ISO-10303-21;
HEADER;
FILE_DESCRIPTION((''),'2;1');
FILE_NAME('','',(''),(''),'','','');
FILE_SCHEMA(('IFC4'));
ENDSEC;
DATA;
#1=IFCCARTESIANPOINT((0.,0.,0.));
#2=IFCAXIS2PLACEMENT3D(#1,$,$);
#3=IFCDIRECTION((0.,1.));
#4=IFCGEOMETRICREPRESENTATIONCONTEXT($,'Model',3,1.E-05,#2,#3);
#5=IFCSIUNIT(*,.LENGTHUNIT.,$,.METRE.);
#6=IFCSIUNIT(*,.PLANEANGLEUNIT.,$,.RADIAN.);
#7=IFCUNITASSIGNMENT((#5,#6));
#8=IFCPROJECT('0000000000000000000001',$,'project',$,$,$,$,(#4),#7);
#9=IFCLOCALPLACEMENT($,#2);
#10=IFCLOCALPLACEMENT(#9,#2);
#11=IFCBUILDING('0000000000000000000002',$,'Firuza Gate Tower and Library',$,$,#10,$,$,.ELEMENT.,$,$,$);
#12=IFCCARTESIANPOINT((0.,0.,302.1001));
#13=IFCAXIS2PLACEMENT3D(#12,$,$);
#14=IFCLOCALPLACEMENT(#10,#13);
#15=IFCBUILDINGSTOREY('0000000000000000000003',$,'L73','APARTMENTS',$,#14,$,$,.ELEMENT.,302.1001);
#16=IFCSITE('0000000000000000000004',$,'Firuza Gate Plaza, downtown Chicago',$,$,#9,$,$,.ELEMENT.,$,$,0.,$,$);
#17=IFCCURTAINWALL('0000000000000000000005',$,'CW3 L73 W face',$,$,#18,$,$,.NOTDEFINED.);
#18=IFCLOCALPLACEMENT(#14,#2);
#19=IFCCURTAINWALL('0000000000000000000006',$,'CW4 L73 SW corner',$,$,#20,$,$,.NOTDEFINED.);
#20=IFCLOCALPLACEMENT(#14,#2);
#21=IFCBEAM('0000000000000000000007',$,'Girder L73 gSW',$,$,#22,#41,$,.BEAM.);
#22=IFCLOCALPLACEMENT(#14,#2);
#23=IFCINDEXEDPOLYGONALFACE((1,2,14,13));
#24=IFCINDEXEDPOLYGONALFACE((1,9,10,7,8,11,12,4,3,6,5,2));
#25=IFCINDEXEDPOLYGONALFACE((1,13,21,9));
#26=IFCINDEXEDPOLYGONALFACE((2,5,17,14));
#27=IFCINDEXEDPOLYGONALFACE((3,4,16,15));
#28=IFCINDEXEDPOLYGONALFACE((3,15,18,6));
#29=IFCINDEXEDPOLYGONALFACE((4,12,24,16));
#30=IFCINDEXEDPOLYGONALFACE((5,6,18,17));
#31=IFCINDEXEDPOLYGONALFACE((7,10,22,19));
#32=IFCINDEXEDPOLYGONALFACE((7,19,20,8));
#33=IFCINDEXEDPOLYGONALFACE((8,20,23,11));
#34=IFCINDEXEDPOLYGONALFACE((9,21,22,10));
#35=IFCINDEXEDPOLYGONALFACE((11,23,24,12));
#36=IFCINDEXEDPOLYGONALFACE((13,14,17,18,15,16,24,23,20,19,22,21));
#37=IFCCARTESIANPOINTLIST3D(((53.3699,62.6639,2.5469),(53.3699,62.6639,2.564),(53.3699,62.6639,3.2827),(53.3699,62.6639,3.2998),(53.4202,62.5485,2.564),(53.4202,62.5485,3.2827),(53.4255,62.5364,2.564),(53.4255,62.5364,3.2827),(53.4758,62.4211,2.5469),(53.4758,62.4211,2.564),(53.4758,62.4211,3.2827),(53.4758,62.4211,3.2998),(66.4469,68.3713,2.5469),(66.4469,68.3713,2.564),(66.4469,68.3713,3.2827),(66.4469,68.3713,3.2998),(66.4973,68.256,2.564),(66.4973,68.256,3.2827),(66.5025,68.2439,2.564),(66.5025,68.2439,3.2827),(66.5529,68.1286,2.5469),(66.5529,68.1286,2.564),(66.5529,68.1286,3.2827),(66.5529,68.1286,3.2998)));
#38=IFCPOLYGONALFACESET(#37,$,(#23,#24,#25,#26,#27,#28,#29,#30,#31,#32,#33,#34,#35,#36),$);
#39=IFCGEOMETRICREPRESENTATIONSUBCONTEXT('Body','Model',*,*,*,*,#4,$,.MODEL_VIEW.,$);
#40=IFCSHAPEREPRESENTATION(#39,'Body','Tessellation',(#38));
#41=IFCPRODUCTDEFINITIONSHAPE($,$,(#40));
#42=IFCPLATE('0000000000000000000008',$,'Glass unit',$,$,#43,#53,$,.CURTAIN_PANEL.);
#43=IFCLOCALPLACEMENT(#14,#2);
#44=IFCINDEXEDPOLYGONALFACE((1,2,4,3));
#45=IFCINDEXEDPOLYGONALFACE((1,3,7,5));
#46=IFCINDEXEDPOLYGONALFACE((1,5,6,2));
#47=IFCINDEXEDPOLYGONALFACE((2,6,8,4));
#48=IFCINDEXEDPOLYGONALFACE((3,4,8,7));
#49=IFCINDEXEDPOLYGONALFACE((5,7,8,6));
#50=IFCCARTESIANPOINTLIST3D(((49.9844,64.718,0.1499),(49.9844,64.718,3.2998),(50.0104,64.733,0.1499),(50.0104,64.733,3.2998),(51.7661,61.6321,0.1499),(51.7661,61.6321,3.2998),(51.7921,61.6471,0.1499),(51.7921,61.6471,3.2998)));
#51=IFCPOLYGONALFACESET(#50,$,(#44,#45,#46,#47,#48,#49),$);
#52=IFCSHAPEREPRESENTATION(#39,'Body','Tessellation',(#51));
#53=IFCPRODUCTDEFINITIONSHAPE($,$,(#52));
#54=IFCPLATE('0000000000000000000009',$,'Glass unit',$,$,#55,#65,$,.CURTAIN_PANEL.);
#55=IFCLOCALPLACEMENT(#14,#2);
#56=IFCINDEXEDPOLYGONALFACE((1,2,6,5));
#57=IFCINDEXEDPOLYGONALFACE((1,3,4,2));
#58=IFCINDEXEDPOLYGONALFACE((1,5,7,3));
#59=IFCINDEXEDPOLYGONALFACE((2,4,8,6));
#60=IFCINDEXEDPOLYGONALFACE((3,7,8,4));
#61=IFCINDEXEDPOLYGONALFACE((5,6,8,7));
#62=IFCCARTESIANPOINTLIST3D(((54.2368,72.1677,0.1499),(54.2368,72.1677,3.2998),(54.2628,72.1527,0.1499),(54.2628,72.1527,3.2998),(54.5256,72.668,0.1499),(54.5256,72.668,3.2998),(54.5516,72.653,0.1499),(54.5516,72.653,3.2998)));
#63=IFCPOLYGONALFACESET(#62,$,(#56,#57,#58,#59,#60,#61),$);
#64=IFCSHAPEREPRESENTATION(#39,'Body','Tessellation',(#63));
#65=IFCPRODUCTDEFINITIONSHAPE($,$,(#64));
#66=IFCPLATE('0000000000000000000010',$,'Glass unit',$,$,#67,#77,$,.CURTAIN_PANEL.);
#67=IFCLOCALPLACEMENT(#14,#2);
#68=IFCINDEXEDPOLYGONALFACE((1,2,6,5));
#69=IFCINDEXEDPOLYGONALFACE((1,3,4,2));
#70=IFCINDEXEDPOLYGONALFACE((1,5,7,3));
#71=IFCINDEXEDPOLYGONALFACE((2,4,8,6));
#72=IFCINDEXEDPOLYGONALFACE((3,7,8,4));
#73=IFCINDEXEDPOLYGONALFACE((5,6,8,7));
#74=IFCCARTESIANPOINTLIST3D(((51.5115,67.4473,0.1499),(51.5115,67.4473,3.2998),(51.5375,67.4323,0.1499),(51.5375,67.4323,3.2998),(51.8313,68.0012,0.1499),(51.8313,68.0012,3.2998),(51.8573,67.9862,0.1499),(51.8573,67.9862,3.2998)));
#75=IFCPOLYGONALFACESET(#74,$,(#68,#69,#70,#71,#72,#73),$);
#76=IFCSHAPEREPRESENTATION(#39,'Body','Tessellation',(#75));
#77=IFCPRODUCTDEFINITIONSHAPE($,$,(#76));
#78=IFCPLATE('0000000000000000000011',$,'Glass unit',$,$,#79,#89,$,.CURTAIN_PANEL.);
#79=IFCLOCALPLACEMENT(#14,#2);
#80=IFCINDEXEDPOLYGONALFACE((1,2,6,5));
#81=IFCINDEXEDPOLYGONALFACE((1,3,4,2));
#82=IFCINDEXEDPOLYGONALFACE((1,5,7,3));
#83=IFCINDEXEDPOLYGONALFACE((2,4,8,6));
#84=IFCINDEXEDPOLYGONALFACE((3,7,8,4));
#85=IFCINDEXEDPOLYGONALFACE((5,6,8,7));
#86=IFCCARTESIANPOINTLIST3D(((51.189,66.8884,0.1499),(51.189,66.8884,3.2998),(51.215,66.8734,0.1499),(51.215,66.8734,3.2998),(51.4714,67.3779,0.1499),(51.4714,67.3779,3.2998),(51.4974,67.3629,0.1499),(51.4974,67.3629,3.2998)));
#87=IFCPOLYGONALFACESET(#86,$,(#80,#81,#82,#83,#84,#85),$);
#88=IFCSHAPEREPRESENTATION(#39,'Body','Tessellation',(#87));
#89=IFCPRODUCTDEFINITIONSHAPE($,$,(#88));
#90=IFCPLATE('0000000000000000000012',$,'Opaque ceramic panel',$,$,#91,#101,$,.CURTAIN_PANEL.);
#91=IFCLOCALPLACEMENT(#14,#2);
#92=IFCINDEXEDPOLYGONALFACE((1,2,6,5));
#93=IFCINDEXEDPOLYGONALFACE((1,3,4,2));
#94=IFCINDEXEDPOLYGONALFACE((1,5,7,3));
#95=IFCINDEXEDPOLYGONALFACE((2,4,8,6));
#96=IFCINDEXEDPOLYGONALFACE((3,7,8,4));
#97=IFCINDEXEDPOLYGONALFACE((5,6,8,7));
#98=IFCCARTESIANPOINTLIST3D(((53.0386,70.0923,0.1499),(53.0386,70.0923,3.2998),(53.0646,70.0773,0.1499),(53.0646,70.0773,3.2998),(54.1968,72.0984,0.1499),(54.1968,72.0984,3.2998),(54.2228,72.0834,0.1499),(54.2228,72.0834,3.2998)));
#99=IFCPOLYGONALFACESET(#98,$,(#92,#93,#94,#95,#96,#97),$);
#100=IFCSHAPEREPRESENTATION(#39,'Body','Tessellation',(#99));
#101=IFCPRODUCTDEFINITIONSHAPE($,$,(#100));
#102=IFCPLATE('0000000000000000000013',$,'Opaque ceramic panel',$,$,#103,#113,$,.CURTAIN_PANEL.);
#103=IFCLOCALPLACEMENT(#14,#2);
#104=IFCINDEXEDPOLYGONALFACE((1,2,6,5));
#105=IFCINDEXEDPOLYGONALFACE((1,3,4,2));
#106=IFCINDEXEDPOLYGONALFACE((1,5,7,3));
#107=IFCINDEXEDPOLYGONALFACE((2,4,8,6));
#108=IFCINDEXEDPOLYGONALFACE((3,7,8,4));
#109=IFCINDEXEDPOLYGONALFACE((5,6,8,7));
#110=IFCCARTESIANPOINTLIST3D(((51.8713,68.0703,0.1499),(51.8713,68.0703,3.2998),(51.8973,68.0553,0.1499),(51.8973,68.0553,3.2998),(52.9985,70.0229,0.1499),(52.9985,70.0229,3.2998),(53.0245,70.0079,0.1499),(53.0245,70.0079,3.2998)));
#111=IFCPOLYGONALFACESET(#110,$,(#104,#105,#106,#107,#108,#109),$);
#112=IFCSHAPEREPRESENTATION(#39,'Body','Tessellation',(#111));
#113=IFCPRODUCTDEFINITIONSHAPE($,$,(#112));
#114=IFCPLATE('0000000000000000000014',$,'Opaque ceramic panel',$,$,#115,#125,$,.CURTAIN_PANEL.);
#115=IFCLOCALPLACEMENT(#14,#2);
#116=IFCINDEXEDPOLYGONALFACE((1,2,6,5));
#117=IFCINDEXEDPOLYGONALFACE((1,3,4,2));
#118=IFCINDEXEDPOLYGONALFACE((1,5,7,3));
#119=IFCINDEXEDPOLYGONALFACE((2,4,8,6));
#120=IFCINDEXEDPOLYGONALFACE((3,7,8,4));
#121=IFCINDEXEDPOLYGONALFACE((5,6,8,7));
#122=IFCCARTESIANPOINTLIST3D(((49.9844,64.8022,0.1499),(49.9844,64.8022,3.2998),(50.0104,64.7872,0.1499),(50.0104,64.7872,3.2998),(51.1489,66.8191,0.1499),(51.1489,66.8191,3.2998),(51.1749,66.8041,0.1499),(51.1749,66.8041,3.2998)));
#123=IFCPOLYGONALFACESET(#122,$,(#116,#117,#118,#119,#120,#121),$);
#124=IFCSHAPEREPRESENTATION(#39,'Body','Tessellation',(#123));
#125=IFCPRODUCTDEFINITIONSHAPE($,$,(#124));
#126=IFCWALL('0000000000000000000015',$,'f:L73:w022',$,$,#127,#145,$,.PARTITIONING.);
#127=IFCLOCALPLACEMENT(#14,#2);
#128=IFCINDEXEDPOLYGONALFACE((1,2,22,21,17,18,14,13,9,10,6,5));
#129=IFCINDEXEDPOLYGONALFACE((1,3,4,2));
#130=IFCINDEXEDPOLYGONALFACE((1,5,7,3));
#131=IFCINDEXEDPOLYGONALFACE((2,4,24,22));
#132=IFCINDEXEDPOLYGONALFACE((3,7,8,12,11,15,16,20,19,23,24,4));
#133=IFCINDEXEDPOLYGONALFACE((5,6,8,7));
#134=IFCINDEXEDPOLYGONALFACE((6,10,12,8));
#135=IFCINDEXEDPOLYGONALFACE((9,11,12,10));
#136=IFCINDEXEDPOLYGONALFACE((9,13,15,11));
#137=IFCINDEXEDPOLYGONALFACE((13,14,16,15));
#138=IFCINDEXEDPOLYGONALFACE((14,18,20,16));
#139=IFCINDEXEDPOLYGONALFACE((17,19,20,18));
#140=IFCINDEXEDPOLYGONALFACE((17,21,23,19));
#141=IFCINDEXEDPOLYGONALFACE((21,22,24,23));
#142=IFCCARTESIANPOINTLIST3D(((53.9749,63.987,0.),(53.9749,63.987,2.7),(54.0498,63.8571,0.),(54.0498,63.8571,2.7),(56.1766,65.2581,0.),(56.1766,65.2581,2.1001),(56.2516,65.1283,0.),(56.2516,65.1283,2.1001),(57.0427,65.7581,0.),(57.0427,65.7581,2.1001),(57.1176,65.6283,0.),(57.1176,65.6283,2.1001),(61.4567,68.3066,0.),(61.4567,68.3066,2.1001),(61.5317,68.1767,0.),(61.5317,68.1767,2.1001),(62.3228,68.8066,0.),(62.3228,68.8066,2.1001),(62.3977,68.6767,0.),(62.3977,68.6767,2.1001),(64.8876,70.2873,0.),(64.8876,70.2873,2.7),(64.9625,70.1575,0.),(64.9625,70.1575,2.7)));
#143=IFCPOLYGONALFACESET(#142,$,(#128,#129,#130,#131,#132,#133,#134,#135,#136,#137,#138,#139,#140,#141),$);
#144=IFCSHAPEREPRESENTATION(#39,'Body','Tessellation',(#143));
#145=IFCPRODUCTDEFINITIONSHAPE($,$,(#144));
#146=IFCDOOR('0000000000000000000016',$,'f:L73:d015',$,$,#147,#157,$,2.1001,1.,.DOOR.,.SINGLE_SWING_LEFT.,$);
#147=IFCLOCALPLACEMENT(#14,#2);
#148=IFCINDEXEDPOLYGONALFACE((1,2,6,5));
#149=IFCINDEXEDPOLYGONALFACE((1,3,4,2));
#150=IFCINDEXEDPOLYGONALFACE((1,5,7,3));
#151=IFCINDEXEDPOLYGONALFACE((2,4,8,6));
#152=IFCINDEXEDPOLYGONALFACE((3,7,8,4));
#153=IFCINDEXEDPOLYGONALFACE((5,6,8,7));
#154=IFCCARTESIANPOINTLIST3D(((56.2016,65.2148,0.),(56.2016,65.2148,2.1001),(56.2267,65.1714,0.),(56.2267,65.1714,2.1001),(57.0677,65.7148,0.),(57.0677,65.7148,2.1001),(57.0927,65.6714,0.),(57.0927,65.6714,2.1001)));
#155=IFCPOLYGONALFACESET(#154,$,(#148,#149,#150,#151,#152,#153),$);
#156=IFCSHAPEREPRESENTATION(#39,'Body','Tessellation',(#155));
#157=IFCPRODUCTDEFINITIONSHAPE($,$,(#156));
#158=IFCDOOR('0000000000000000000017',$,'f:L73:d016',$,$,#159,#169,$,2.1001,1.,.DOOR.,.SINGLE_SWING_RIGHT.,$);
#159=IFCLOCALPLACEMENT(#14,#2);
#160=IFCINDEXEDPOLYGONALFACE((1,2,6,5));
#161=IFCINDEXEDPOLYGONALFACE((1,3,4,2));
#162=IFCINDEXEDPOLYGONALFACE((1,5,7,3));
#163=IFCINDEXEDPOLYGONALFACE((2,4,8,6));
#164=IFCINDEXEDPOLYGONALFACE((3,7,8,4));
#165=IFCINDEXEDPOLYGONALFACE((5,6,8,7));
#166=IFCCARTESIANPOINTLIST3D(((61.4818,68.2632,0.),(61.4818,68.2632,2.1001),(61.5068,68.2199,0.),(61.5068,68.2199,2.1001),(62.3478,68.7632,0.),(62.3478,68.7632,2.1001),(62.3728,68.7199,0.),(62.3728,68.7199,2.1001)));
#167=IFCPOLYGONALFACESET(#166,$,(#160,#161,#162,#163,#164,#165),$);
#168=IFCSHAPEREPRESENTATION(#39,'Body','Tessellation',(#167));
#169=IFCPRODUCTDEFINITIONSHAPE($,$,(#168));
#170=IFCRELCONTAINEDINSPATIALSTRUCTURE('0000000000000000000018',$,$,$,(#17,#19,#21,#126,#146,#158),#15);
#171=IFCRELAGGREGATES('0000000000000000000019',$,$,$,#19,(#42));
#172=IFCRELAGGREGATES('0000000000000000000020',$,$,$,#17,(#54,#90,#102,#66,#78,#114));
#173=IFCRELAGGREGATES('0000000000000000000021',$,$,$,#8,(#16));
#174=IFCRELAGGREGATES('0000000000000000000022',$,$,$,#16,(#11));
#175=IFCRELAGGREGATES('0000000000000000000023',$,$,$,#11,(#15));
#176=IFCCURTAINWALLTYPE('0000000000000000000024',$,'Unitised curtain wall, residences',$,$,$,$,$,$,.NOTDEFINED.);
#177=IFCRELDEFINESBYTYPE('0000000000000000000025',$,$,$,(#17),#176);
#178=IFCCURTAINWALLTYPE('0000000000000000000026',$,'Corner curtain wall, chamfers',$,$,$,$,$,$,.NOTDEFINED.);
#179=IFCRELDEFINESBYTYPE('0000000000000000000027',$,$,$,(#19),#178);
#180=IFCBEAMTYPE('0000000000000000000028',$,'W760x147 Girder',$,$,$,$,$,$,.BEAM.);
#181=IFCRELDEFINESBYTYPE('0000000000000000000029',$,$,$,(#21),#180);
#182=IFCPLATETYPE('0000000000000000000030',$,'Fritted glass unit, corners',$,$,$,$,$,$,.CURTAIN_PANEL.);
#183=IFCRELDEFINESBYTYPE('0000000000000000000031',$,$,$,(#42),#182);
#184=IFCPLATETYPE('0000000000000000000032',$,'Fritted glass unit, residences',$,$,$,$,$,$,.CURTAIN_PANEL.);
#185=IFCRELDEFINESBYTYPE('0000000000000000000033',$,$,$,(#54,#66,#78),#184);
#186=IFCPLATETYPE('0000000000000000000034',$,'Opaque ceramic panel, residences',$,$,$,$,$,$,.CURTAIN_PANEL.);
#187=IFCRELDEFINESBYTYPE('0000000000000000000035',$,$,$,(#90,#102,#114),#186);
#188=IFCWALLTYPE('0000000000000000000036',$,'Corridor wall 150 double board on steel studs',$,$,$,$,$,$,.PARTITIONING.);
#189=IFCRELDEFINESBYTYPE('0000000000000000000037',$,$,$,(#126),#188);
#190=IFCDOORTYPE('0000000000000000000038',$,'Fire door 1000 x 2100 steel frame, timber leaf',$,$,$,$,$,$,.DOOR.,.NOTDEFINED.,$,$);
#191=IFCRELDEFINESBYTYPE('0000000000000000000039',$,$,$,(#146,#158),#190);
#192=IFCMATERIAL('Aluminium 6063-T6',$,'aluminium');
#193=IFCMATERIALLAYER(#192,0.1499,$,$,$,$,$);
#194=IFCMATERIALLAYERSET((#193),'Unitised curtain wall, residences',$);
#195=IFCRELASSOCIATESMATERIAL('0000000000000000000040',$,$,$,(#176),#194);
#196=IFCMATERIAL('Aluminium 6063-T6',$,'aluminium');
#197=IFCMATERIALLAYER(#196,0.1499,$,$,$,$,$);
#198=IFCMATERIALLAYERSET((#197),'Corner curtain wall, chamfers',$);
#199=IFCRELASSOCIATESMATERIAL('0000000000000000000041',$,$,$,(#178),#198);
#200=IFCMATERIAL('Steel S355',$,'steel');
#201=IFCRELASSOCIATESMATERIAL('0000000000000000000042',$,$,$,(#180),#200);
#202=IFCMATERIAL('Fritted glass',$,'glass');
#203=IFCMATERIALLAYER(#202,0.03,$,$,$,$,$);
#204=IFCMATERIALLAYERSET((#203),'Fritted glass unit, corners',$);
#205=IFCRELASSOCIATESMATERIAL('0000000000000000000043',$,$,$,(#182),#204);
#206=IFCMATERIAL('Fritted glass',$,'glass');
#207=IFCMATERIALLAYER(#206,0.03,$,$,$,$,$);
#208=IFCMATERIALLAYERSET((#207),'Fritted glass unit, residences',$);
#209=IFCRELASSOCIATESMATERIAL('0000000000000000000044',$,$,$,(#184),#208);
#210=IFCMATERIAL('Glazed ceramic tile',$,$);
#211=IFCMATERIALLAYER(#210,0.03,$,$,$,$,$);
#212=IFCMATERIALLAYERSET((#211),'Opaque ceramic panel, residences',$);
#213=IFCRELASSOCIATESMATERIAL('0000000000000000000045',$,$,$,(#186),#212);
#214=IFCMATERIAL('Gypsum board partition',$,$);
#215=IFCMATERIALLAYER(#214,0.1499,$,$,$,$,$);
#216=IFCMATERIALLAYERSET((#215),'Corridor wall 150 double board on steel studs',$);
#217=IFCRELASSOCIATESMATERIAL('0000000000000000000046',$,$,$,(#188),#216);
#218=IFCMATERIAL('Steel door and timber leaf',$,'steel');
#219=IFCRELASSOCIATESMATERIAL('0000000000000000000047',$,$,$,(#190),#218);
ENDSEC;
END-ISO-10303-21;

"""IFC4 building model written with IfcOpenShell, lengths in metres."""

from ifc_helpers import new_model, si_unit, direction, frame, frame_2d, origin, origin_2d, place, context, subcontext, project, spatial, polyline, rectangle, i_section, outline, extrude, material, layer, layer_set, material_profile, profile_set, type_object, element, fill, aggregate, save


model = new_model("IFC4")

# Units and contexts
model_context = context("Model", 3, precision=1e-05, world=origin(), true_north=direction((0.0, 1.0)))
body_context = subcontext(model_context, "Body", "Model", "MODEL_VIEW")
ifc_project = project(units=[si_unit("LENGTHUNIT", "METRE"), si_unit("PLANEANGLEUNIT", "RADIAN")], contexts=[model_context])

# Site, building, storey
site_placement = place(None, origin())
site = spatial("IfcSite", under=ifc_project, at=site_placement, Name="Firuza Gate Plaza, downtown Chicago", CompositionType="ELEMENT", RefElevation=0.0)
building_placement = place(site_placement, origin())
building = spatial("IfcBuilding", under=site, at=building_placement, Name="Firuza Gate Tower and Library", CompositionType="ELEMENT")
storey_placement = place(building_placement, frame((0.0, 0.0, 302.1001)))
storey = spatial("IfcBuildingStorey", under=building, at=storey_placement, Name="L73", Description="APARTMENTS", CompositionType="ELEMENT", Elevation=302.1001)

# Curtain walls
ifc_material_1 = material(Name="Aluminium 6063-T6", Category="aluminium")
ifc_layer_1 = layer(ifc_material_1, 0.1499)
ifc_layer_set_1 = layer_set([ifc_layer_1], Name="Unitised curtain wall, residences")
curtain_wall_type_1 = type_object("IfcCurtainWallType", Name="Unitised curtain wall, residences", PredefinedType="NOTDEFINED", material=ifc_layer_set_1)
placement = place(storey_placement, origin())
curtain_wall_1 = element("IfcCurtainWall", 1, at=placement, inside=storey, type_object=curtain_wall_type_1, Name="CW3 L73 W face", PredefinedType="NOTDEFINED")
ifc_material_2 = material(Name="Aluminium 6063-T6", Category="aluminium")
ifc_layer_2 = layer(ifc_material_2, 0.1499)
ifc_layer_set_2 = layer_set([ifc_layer_2], Name="Corner curtain wall, chamfers")
curtain_wall_type_2 = type_object("IfcCurtainWallType", Name="Corner curtain wall, chamfers", PredefinedType="NOTDEFINED", material=ifc_layer_set_2)
curtain_wall_2 = element("IfcCurtainWall", 2, at=placement, inside=storey, type_object=curtain_wall_type_2, Name="CW4 L73 SW corner", PredefinedType="NOTDEFINED")

# Beam
ifc_material_3 = material(Name="Steel S355", Category="steel")
ifc_material_profile_1 = material_profile(ifc_material_3, i_section(OverallWidth=0.2649, OverallDepth=0.7529, WebThickness=0.0132, FlangeThickness=0.0171, at=origin_2d()))
ifc_profile_set_1 = profile_set([ifc_material_profile_1], Name="Steel S355")
beam_type_1 = type_object("IfcBeamType", Name="W760x147 Girder", PredefinedType="BEAM", material=ifc_profile_set_1)
beam_1_placement = place(storey_placement, frame((53.4229, 62.5425, 2.9233), z_axis=(0.91651, 0.400011, 0.0), x_axis=(-0.400011, 0.91651, 0.0)))
element("IfcBeam", 3, at=beam_1_placement, inside=storey, type_object=beam_type_1, Name="Girder L73 gSW", PredefinedType="BEAM", context=body_context, shape_type="SweptSolid", body=[
    extrude(i_section(OverallWidth=0.2649, OverallDepth=0.7529, WebThickness=0.0132, FlangeThickness=0.0171, at=origin_2d()), origin(), (0.0, 0.0, 1.0), 14.2683),
])

# Plates
ifc_material_4 = material(Name="Fritted glass", Category="glass")
ifc_layer_3 = layer(ifc_material_4, 0.03)
ifc_layer_set_3 = layer_set([ifc_layer_3], Name="Fritted glass unit, corners")
plate_type_1 = type_object("IfcPlateType", Name="Fritted glass unit, corners", PredefinedType="CURTAIN_PANEL", material=ifc_layer_set_3)
plate_1_placement = place(storey_placement, frame((49.9844, 64.718, 0.1499), z_axis=(-0.866017, -0.500015, 0.0), x_axis=(0.500015, -0.866017, 0.0)))
plate_1 = element("IfcPlate", 4, at=plate_1_placement, type_object=plate_type_1, Name="Glass unit", PredefinedType="CURTAIN_PANEL", context=body_context, shape_type="SweptSolid", body=[
    extrude(outline(polyline([(0.0, 0.0), (3.5634, 0.0), (3.5634, 3.1499), (0.0, 3.1499), (0.0, 0.0)])), origin(), (0.0, 0.0, -1.0), 0.03),
])
aggregate(curtain_wall_2, [plate_1])
ifc_material_5 = material(Name="Fritted glass", Category="glass")
ifc_layer_4 = layer(ifc_material_5, 0.03)
ifc_layer_set_4 = layer_set([ifc_layer_4], Name="Fritted glass unit, residences")
plate_type_2 = type_object("IfcPlateType", Name="Fritted glass unit, residences", PredefinedType="CURTAIN_PANEL", material=ifc_layer_set_4)
plate_2_placement = place(storey_placement, frame((54.5256, 72.668, 0.1499), z_axis=(-0.866024, 0.500003, 0.0), x_axis=(-0.500003, -0.866024, 0.0)))
plate_2 = element("IfcPlate", 5, at=plate_2_placement, type_object=plate_type_2, Name="Glass unit", PredefinedType="CURTAIN_PANEL", context=body_context, shape_type="SweptSolid", body=[
    extrude(outline(polyline([(0.0, 0.0), (0.5776, 0.0), (0.5776, 3.1499), (0.0, 3.1499), (0.0, 0.0)])), origin(), (0.0, 0.0, -1.0), 0.03),
])
plate_3_placement = place(storey_placement, frame((51.8313, 68.0012, 0.1499), z_axis=(-0.866027, 0.499998, 0.0), x_axis=(-0.499998, -0.866027, 0.0)))
plate_3 = element("IfcPlate", 6, at=plate_3_placement, type_object=plate_type_2, Name="Glass unit", PredefinedType="CURTAIN_PANEL", context=body_context, shape_type="SweptSolid", body=[
    extrude(outline(polyline([(0.0, 0.0), (0.6397, 0.0), (0.6397, 3.1499), (0.0, 3.1499), (0.0, 0.0)])), origin(), (0.0, 0.0, -1.0), 0.03),
])
plate_4_placement = place(storey_placement, frame((51.4714, 67.3779, 0.1499), z_axis=(-0.866135, 0.49981, 0.0), x_axis=(-0.49981, -0.866135, 0.0)))
plate_4 = element("IfcPlate", 7, at=plate_4_placement, type_object=plate_type_2, Name="Glass unit", PredefinedType="CURTAIN_PANEL", context=body_context, shape_type="SweptSolid", body=[
    extrude(outline(polyline([(0.0, 0.0), (0.5652, 0.0), (0.5652, 3.1499), (0.0, 3.1499), (0.0, 0.0)])), origin(), (0.0, 0.0, -1.0), 0.03),
])
ifc_material_6 = material(Name="Glazed ceramic tile")
ifc_layer_5 = layer(ifc_material_6, 0.03)
ifc_layer_set_5 = layer_set([ifc_layer_5], Name="Opaque ceramic panel, residences")
plate_type_3 = type_object("IfcPlateType", Name="Opaque ceramic panel, residences", PredefinedType="CURTAIN_PANEL", material=ifc_layer_set_5)
plate_5_placement = place(storey_placement, frame((54.1968, 72.0984, 0.1499), z_axis=(-0.866029, 0.499993, 0.0), x_axis=(-0.499993, -0.866029, 0.0)))
plate_5 = element("IfcPlate", 8, at=plate_5_placement, type_object=plate_type_3, Name="Opaque ceramic panel", PredefinedType="CURTAIN_PANEL", context=body_context, shape_type="SweptSolid", body=[
    extrude(outline(polyline([(0.0, 0.0), (2.3164, 0.0), (2.3164, 3.1499), (0.0, 3.1499), (0.0, 0.0)])), origin(), (0.0, 0.0, -1.0), 0.03),
])
plate_6_placement = place(storey_placement, frame((52.9985, 70.0229, 0.1499), z_axis=(-0.866056, 0.499947, 0.0), x_axis=(-0.499947, -0.866056, 0.0)))
plate_6 = element("IfcPlate", 9, at=plate_6_placement, type_object=plate_type_3, Name="Opaque ceramic panel", PredefinedType="CURTAIN_PANEL", context=body_context, shape_type="SweptSolid", body=[
    extrude(outline(polyline([(0.0, 0.0), (2.2546, 0.0), (2.2546, 3.1499), (0.0, 3.1499), (0.0, 0.0)])), origin(), (0.0, 0.0, -1.0), 0.03),
])
plate_7_placement = place(storey_placement, frame((51.1489, 66.8191, 0.1499), z_axis=(-0.866002, 0.50004, 0.0), x_axis=(-0.50004, -0.866002, 0.0)))
plate_7 = element("IfcPlate", 10, at=plate_7_placement, type_object=plate_type_3, Name="Opaque ceramic panel", PredefinedType="CURTAIN_PANEL", context=body_context, shape_type="SweptSolid", body=[
    extrude(outline(polyline([(0.0, 0.0), (2.3289, 0.0), (2.3289, 3.1499), (0.0, 3.1499), (0.0, 0.0)])), origin(), (0.0, 0.0, -1.0), 0.03),
])
aggregate(curtain_wall_1, [plate_2, plate_5, plate_6, plate_3, plate_4, plate_7])

# Wall, openings, doors
ifc_material_7 = material(Name="Gypsum board partition")
ifc_layer_6 = layer(ifc_material_7, 0.1499)
ifc_layer_set_6 = layer_set([ifc_layer_6], Name="Corridor wall 150 double board on steel studs")
wall_type_1 = type_object("IfcWallType", Name="Corridor wall 150 double board on steel studs", PredefinedType="PARTITIONING", material=ifc_layer_set_6)
wall_1_placement = place(storey_placement, frame((54.0125, 63.9221, 0.0), z_axis=(0.0, 0.0, 1.0), x_axis=(0.866029, 0.499994, 0.0)))
wall_1 = element("IfcWall", 11, at=wall_1_placement, inside=storey, type_object=wall_type_1, Name="f:L73:w022", PredefinedType="PARTITIONING", context=body_context, shape_type="SweptSolid", body=[
    extrude(rectangle(XDim=12.6008, YDim=0.1499, at=frame_2d((6.3003, 0.0))), origin(), (0.0, 0.0, 1.0), 2.7),
])
opening_1_placement = place(wall_1_placement, frame((2.5422, 0.0, 0.0)))
opening_1 = element("IfcOpeningElement", 12, at=opening_1_placement, cuts=wall_1, PredefinedType="OPENING", context=body_context, shape_type="SweptSolid", body=[
    extrude(rectangle(XDim=1.0, YDim=2.1001, at=frame_2d((0.5, 1.05))), frame((0.0, 0.085, 0.0), z_axis=(0.0, -1.0, 0.0), x_axis=(1.0, 0.0, 0.0)), (0.0, 0.0, 1.0), 0.1699),
])
opening_2_placement = place(wall_1_placement, frame((8.6392, 0.0, 0.0)))
opening_2 = element("IfcOpeningElement", 13, at=opening_2_placement, cuts=wall_1, PredefinedType="OPENING", context=body_context, shape_type="SweptSolid", body=[
    extrude(rectangle(XDim=1.0, YDim=2.1001, at=frame_2d((0.5, 1.05))), frame((0.0, 0.085, 0.0), z_axis=(0.0, -1.0, 0.0), x_axis=(1.0, 0.0, 0.0)), (0.0, 0.0, 1.0), 0.1699),
])
ifc_material_8 = material(Name="Steel door and timber leaf", Category="steel")
door_type = type_object("IfcDoorType", Name="Fire door 1000 x 2100 steel frame, timber leaf", OperationType="NOTDEFINED", PredefinedType="DOOR", material=ifc_material_8)
door_1_placement = place(opening_1_placement, origin())
door_1 = element("IfcDoor", 14, at=door_1_placement, inside=storey, type_object=door_type, Name="f:L73:d015", OperationType="SINGLE_SWING_LEFT", OverallHeight=2.1001, OverallWidth=1.0, PredefinedType="DOOR", context=body_context, shape_type="SweptSolid", body=[
    extrude(rectangle(XDim=1.0, YDim=2.1001, at=frame_2d((0.5, 1.05))), frame((0.0, 0.0249, 0.0), z_axis=(0.0, -1.0, 0.0), x_axis=(1.0, 0.0, 0.0)), (0.0, 0.0, 1.0), 0.05),
])
fill(opening_1, door_1)
door_2_placement = place(opening_2_placement, origin())
door_2 = element("IfcDoor", 15, at=door_2_placement, inside=storey, type_object=door_type, Name="f:L73:d016", OperationType="SINGLE_SWING_RIGHT", OverallHeight=2.1001, OverallWidth=1.0, PredefinedType="DOOR", context=body_context, shape_type="SweptSolid", body=[
    extrude(rectangle(XDim=1.0, YDim=2.1001, at=frame_2d((0.5, 1.05))), frame((0.0, 0.0249, 0.0), z_axis=(0.0, -1.0, 0.0), x_axis=(1.0, 0.0, 0.0)), (0.0, 0.0, 1.0), 0.05),
])
fill(opening_2, door_2)

save(model, "model.ifc")
